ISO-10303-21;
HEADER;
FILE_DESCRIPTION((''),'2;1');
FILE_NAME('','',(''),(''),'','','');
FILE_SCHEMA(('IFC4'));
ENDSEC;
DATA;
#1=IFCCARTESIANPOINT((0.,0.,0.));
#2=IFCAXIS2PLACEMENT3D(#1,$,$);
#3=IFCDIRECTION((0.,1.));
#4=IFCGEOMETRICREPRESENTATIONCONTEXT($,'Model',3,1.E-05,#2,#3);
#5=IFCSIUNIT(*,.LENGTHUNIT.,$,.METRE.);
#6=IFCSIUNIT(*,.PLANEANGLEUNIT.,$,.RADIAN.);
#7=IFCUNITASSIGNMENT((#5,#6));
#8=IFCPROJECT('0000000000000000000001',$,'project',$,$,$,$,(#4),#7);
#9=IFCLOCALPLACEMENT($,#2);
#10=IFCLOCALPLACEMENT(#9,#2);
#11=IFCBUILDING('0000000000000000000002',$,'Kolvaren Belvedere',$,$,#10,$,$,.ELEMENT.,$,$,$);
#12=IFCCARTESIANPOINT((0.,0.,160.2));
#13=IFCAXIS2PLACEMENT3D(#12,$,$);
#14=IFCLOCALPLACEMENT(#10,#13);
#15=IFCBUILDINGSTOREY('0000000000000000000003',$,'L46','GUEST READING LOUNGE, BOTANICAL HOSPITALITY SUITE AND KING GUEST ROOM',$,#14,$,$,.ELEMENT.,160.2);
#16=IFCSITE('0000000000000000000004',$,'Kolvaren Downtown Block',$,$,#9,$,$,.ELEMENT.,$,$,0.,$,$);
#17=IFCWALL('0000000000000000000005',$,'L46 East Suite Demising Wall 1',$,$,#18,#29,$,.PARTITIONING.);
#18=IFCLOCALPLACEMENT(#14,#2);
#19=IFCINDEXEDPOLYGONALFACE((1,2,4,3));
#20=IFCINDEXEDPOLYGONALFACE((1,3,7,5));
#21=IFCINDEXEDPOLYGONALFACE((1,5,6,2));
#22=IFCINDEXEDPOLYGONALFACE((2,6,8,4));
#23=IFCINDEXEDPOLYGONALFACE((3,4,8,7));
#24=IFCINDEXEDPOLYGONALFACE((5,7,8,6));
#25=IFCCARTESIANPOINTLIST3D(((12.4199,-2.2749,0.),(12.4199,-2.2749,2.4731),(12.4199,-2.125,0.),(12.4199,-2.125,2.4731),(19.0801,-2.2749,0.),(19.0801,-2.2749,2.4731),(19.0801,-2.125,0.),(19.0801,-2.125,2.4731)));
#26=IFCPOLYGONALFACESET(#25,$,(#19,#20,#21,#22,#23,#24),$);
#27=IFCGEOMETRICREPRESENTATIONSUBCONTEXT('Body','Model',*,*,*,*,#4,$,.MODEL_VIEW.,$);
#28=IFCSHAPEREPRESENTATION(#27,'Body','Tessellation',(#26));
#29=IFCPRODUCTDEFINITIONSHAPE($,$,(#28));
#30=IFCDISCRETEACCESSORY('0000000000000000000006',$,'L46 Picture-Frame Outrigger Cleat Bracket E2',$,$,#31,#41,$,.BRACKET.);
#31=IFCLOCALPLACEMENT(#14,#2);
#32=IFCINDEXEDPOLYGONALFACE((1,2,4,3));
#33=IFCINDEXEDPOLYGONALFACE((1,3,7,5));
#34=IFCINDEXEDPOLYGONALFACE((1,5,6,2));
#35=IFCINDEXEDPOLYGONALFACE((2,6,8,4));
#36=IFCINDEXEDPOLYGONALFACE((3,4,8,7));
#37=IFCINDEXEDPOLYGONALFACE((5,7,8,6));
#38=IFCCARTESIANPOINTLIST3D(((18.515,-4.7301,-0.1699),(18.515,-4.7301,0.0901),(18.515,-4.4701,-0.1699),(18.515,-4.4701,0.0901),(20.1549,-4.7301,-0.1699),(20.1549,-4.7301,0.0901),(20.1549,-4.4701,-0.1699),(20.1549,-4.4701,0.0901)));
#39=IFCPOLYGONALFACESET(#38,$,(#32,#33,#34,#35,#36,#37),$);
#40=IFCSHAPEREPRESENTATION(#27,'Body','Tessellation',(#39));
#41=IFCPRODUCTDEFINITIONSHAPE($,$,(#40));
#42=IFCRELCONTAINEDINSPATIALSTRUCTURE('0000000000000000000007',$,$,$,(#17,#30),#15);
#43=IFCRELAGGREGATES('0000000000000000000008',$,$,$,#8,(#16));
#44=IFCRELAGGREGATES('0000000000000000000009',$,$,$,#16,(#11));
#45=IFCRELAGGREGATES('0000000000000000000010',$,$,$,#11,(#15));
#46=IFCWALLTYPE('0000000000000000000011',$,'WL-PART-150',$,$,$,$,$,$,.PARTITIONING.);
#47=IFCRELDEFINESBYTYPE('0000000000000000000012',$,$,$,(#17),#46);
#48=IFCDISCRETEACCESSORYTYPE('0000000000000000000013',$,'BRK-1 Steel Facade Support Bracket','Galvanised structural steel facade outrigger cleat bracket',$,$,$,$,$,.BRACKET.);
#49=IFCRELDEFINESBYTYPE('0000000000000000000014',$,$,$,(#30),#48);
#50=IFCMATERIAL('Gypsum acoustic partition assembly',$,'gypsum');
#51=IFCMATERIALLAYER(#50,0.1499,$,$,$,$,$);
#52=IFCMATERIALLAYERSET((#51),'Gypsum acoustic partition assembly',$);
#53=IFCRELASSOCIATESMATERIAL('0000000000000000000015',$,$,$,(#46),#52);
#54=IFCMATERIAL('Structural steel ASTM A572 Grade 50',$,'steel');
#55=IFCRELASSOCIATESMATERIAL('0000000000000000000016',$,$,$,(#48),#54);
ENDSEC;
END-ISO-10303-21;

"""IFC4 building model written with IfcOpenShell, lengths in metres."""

from ifc_helpers import new_model, si_unit, direction, frame, frame_2d, origin, origin_2d, place, context, subcontext, project, spatial, rectangle, extrude, material, layer, layer_set, type_object, element, save


model = new_model("IFC4")

# Units and contexts
model_context = context("Model", 3, precision=1e-05, world=origin(), true_north=direction((0.0, 1.0)))
body_context = subcontext(model_context, "Body", "Model", "MODEL_VIEW")
ifc_project = project(units=[si_unit("LENGTHUNIT", "METRE"), si_unit("PLANEANGLEUNIT", "RADIAN")], contexts=[model_context])

# Site, building, storey
site_placement = place(None, origin())
site = spatial("IfcSite", under=ifc_project, at=site_placement, Name="Kolvaren Downtown Block", CompositionType="ELEMENT", RefElevation=0.0)
building_placement = place(site_placement, origin())
building = spatial("IfcBuilding", under=site, at=building_placement, Name="Kolvaren Belvedere", CompositionType="ELEMENT")
storey_placement = place(building_placement, frame((0.0, 0.0, 160.2)))
storey = spatial("IfcBuildingStorey", under=building, at=storey_placement, Name="L46", Description="GUEST READING LOUNGE, BOTANICAL HOSPITALITY SUITE AND KING GUEST ROOM", CompositionType="ELEMENT", Elevation=160.2)

# Wall
ifc_material_1 = material(Name="Gypsum acoustic partition assembly", Category="gypsum")
ifc_layer_1 = layer(ifc_material_1, 0.1499)
ifc_layer_set_1 = layer_set([ifc_layer_1], Name="Gypsum acoustic partition assembly")
wall_type_1 = type_object("IfcWallType", Name="WL-PART-150", PredefinedType="PARTITIONING", material=ifc_layer_set_1)
wall_1_placement = place(storey_placement, frame((12.4199, -2.2, 0.0), z_axis=(0.0, 0.0, 1.0), x_axis=(1.0, 0.0, 0.0)))
element("IfcWall", 1, at=wall_1_placement, inside=storey, type_object=wall_type_1, Name="L46 East Suite Demising Wall 1", PredefinedType="PARTITIONING", context=body_context, shape_type="SweptSolid", body=[
    extrude(rectangle(XDim=6.6602, YDim=0.1499, at=frame_2d((3.3301, 0.0))), origin(), (0.0, 0.0, 1.0), 2.4731),
])

# Discrete accessory
ifc_material_2 = material(Name="Structural steel ASTM A572 Grade 50", Category="steel")
discrete_accessory_type = type_object("IfcDiscreteAccessoryType", Name="BRK-1 Steel Facade Support Bracket", Description="Galvanised structural steel facade outrigger cleat bracket", PredefinedType="BRACKET", material=ifc_material_2)
discrete_accessory_placement = place(storey_placement, frame((19.335, -4.6001, -0.1699), z_axis=(0.0, 0.0, 1.0), x_axis=(1.0, 0.0, 0.0)))
element("IfcDiscreteAccessory", 2, at=discrete_accessory_placement, inside=storey, type_object=discrete_accessory_type, Name="L46 Picture-Frame Outrigger Cleat Bracket E2", PredefinedType="BRACKET", context=body_context, shape_type="SweptSolid", body=[
    extrude(rectangle(XDim=1.6399, YDim=0.26, at=origin_2d()), origin(), (0.0, 0.0, 1.0), 0.26),
])

save(model, "model.ifc")
